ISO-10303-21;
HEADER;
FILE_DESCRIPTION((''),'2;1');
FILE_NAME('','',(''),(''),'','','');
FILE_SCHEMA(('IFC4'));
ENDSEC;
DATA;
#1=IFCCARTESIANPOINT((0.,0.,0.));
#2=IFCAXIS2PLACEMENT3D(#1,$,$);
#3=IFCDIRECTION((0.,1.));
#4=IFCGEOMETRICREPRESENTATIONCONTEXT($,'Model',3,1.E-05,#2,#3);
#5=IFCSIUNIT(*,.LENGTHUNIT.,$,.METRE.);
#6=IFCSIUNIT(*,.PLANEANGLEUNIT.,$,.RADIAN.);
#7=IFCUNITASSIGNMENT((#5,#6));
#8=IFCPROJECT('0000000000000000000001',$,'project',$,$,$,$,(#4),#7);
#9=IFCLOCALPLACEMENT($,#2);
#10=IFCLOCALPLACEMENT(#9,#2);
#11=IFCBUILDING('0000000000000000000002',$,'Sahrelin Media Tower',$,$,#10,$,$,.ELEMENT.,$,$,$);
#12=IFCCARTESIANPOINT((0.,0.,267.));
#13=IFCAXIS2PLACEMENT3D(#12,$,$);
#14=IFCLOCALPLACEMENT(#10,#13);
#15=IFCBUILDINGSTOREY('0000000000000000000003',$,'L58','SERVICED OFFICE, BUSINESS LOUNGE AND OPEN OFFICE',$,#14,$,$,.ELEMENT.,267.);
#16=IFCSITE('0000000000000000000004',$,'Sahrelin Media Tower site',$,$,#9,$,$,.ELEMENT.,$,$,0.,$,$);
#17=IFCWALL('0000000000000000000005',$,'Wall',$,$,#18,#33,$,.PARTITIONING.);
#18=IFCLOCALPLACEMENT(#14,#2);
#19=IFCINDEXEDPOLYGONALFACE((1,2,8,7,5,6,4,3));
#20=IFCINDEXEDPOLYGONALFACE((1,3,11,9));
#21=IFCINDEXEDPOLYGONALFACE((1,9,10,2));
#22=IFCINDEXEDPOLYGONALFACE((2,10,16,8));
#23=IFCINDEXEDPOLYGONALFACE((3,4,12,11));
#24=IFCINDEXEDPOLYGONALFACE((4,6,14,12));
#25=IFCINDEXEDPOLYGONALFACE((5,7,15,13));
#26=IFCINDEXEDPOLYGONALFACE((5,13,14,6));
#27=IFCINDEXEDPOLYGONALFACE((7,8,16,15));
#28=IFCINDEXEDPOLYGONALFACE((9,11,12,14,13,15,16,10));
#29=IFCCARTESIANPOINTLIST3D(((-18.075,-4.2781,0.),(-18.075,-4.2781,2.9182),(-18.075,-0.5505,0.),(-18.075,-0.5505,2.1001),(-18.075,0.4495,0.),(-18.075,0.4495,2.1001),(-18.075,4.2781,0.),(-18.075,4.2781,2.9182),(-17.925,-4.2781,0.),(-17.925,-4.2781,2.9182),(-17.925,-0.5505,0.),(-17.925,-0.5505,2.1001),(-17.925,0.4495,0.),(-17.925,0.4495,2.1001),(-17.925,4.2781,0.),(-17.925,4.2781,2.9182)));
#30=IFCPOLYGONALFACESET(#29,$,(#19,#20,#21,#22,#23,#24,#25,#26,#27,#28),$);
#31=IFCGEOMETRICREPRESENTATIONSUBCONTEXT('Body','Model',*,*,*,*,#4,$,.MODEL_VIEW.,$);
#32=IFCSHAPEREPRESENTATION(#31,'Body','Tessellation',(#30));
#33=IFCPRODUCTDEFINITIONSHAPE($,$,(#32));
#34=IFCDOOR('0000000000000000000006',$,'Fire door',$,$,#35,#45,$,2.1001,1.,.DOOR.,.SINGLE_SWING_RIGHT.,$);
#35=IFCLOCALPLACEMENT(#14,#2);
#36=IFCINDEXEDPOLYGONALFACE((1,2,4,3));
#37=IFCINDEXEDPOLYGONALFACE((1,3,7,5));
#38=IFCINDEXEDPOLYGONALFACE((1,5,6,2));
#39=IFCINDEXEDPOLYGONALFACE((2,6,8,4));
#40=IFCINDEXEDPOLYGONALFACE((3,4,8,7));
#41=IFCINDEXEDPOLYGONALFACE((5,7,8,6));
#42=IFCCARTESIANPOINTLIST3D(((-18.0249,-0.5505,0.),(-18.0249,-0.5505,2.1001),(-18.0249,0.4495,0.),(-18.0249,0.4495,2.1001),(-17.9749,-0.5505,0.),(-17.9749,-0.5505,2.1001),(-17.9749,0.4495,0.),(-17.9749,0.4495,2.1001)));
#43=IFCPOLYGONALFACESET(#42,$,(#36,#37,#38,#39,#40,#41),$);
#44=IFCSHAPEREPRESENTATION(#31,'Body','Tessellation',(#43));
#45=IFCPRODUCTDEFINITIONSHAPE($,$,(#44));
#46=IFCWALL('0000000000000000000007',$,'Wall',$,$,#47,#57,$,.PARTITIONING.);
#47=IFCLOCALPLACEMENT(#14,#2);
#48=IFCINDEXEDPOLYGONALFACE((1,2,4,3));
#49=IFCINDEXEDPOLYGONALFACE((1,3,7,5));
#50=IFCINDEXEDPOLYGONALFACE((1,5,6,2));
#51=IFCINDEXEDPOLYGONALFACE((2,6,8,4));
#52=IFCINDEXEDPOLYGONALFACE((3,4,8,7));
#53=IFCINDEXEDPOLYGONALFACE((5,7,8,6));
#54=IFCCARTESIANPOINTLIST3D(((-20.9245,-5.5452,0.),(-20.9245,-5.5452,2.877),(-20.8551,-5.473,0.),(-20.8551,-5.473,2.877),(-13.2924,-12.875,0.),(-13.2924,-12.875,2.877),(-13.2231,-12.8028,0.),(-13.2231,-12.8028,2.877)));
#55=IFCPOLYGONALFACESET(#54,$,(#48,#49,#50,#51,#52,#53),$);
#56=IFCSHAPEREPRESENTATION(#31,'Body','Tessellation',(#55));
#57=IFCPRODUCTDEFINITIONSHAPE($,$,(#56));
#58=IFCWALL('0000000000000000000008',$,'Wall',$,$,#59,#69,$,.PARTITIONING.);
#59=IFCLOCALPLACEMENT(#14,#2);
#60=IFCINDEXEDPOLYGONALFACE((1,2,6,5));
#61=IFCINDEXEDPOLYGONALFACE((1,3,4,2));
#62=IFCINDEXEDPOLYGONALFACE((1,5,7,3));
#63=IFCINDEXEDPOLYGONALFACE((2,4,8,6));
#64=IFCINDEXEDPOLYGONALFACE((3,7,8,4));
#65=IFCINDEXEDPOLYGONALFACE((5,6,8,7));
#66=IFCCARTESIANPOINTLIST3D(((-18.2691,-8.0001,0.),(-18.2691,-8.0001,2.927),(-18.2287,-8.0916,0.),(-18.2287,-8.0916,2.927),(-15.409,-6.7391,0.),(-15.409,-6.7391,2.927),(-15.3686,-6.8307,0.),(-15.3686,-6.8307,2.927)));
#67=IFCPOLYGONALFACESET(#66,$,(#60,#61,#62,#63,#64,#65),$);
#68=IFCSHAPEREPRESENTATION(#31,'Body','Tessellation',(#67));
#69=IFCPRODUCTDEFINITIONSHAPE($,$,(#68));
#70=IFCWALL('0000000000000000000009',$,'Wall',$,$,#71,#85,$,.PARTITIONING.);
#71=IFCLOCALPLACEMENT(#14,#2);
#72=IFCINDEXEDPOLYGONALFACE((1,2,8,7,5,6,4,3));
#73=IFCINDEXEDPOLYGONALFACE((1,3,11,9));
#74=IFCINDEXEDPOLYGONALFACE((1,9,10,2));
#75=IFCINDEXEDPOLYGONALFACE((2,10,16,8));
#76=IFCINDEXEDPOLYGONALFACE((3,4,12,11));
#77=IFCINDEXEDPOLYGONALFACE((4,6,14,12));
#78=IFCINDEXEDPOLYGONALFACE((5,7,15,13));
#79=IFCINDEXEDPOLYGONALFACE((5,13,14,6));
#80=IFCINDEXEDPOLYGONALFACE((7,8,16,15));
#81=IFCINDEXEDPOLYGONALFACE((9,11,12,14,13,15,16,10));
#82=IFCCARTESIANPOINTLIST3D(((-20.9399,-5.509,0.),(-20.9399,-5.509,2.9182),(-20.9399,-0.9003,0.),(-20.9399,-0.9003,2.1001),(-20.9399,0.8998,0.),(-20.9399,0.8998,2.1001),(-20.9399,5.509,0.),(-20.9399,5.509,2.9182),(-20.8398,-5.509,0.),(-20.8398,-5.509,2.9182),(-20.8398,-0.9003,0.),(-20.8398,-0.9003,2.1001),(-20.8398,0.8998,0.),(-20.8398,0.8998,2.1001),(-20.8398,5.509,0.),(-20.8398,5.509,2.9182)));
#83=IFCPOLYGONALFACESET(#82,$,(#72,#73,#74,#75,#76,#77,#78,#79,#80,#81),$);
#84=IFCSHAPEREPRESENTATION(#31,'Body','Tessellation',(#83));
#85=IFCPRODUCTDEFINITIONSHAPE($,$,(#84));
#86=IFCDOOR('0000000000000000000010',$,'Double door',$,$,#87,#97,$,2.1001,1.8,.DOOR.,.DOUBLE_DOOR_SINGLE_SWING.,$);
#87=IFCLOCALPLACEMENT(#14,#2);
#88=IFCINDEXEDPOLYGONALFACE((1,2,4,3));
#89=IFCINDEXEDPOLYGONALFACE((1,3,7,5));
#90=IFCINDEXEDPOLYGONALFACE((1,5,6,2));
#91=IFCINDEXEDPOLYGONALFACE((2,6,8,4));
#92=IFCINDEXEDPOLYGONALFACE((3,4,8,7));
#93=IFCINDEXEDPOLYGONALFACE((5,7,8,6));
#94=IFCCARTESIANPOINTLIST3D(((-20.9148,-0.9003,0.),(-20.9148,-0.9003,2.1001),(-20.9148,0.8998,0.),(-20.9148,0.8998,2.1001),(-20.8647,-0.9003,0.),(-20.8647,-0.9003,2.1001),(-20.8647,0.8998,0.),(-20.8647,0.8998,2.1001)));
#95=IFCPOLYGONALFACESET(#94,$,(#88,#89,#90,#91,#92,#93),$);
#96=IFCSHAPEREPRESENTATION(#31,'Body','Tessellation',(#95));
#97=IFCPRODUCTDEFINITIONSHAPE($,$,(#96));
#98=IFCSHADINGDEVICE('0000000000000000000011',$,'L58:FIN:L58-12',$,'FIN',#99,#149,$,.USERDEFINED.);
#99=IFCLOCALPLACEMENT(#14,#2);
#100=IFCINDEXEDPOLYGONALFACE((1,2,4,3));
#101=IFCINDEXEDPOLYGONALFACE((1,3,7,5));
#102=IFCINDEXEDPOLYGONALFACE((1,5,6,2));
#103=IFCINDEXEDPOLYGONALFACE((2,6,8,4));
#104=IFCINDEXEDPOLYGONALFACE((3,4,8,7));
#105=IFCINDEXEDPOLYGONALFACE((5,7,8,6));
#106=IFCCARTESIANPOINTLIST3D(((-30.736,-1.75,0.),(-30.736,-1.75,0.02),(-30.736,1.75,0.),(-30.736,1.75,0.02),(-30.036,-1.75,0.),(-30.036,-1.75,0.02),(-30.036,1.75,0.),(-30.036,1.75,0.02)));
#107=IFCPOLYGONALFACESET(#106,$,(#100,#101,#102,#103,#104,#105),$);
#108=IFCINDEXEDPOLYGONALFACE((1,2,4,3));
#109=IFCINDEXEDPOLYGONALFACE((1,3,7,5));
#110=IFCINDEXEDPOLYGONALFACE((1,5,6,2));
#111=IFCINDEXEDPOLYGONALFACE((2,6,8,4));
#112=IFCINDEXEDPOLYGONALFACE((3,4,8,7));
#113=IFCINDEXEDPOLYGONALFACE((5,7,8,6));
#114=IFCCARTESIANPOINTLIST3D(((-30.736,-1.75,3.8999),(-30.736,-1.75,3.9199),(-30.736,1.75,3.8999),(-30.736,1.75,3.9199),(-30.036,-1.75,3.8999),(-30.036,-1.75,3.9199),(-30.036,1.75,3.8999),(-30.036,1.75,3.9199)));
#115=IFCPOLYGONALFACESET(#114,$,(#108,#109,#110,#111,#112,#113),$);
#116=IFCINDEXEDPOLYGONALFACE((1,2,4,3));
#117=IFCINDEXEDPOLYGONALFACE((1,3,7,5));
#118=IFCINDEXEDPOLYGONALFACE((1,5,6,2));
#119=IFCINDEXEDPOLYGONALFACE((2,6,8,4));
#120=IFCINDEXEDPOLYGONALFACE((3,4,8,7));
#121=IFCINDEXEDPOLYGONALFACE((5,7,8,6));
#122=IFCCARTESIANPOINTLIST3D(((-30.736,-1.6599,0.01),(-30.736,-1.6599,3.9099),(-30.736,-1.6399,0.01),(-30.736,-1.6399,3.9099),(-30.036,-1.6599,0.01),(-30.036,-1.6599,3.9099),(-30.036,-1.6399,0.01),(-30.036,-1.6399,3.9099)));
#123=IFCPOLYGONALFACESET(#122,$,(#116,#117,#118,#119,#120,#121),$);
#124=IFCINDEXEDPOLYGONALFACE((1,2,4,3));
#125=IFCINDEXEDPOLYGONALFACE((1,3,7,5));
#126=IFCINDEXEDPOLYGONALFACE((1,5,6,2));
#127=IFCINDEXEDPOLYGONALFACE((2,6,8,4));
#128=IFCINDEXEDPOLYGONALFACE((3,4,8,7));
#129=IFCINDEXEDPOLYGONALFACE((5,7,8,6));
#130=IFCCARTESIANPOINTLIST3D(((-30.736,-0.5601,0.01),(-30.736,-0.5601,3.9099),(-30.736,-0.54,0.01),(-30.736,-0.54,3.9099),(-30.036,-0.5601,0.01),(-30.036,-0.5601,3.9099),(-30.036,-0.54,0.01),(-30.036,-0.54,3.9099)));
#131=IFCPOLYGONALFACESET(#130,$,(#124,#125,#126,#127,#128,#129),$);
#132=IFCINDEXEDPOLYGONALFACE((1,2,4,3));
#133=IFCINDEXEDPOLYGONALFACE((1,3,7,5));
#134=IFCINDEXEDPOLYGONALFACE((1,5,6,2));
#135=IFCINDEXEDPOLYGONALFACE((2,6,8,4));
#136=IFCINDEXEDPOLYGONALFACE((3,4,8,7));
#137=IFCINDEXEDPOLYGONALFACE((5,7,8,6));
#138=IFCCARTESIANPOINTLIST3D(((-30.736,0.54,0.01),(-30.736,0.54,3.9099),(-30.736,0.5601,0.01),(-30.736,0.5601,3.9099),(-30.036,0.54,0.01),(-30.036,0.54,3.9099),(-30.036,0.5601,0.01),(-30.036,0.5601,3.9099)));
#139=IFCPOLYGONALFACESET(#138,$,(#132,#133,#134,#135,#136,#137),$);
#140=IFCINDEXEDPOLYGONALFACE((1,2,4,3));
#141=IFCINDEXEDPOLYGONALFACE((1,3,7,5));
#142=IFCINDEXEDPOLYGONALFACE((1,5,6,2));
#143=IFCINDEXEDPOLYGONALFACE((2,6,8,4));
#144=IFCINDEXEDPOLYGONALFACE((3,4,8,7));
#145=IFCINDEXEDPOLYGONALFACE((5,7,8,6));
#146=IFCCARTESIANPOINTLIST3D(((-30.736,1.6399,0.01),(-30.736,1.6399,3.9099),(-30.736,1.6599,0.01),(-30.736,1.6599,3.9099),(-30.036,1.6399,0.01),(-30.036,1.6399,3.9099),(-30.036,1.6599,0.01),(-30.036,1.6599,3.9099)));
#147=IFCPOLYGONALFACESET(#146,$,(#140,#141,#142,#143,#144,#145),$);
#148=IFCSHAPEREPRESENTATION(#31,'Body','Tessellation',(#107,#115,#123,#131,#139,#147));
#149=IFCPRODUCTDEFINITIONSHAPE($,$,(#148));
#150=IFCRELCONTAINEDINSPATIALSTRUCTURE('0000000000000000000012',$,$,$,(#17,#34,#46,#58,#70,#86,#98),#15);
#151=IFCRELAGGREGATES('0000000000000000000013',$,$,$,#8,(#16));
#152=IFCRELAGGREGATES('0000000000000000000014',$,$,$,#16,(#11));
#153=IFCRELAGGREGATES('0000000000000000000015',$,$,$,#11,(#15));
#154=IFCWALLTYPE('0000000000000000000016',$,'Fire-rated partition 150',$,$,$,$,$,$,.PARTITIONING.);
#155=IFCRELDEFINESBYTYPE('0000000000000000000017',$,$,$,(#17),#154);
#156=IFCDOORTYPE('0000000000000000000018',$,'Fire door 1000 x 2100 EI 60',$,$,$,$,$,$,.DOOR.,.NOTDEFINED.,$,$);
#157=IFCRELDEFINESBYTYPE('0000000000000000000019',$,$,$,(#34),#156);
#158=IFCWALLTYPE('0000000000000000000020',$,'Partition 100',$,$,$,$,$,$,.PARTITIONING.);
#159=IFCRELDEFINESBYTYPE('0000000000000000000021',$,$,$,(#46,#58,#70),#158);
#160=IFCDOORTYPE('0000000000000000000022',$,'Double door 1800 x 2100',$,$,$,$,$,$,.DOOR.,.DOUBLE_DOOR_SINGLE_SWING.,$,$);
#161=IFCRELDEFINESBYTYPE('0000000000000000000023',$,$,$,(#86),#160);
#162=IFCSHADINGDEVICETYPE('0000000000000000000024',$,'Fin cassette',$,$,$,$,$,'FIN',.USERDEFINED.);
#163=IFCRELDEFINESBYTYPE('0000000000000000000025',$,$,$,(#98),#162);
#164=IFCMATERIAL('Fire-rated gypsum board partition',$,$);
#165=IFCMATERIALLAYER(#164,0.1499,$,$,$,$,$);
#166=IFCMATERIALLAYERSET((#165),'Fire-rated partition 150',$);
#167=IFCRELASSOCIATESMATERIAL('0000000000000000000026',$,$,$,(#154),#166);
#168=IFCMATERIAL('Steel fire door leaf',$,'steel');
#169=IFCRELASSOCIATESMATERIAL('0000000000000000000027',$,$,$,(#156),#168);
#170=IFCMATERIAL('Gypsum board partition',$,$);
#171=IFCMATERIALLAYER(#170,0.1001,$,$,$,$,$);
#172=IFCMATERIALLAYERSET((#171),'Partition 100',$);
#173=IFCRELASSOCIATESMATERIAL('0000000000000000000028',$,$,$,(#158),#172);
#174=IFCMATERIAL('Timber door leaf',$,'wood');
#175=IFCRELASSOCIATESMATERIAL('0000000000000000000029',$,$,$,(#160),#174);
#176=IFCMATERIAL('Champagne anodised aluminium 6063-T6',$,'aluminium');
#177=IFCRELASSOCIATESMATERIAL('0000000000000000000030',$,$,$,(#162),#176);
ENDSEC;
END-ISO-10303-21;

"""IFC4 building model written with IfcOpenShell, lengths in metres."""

from ifc_helpers import new_model, si_unit, direction, frame, frame_2d, origin, origin_2d, place, context, subcontext, project, spatial, rectangle, extrude, material, layer, layer_set, type_object, element, fill, save


model = new_model("IFC4")

# Units and contexts
model_context = context("Model", 3, precision=1e-05, world=origin(), true_north=direction((0.0, 1.0)))
body_context = subcontext(model_context, "Body", "Model", "MODEL_VIEW")
ifc_project = project(units=[si_unit("LENGTHUNIT", "METRE"), si_unit("PLANEANGLEUNIT", "RADIAN")], contexts=[model_context])

# Site, building, storey
site_placement = place(None, origin())
site = spatial("IfcSite", under=ifc_project, at=site_placement, Name="Sahrelin Media Tower site", CompositionType="ELEMENT", RefElevation=0.0)
building_placement = place(site_placement, origin())
building = spatial("IfcBuilding", under=site, at=building_placement, Name="Sahrelin Media Tower", CompositionType="ELEMENT")
storey_placement = place(building_placement, frame((0.0, 0.0, 267.0)))
storey = spatial("IfcBuildingStorey", under=building, at=storey_placement, Name="L58", Description="SERVICED OFFICE, BUSINESS LOUNGE AND OPEN OFFICE", CompositionType="ELEMENT", Elevation=267.0)

# Shared definitions
ifc_material_1 = material(Name="Champagne anodised aluminium 6063-T6", Category="aluminium")

# Wall, opening, door
ifc_material_2 = material(Name="Fire-rated gypsum board partition")
ifc_layer_1 = layer(ifc_material_2, 0.1499)
ifc_layer_set_1 = layer_set([ifc_layer_1], Name="Fire-rated partition 150")
wall_type_1 = type_object("IfcWallType", Name="Fire-rated partition 150", PredefinedType="PARTITIONING", material=ifc_layer_set_1)
ifc_material_3 = material(Name="Steel fire door leaf", Category="steel")
door_type_1 = type_object("IfcDoorType", Name="Fire door 1000 x 2100 EI 60", OperationType="NOTDEFINED", PredefinedType="DOOR", material=ifc_material_3)
wall_1_placement = place(storey_placement, frame((-18.0, -4.2781, 0.0), z_axis=(0.0, 0.0, 1.0), x_axis=(0.0, 1.0, 0.0)))
wall_1 = element("IfcWall", 1, at=wall_1_placement, inside=storey, type_object=wall_type_1, Name="Wall", PredefinedType="PARTITIONING", context=body_context, shape_type="SweptSolid", body=[
    extrude(rectangle(XDim=8.5562, YDim=0.1499, at=frame_2d((4.2781, 0.0))), origin(), (0.0, 0.0, 1.0), 2.9182),
])
opening_1_placement = place(wall_1_placement, frame((3.7275, 0.0, 0.0)))
opening_1 = element("IfcOpeningElement", 2, at=opening_1_placement, cuts=wall_1, PredefinedType="OPENING", context=body_context, shape_type="SweptSolid", body=[
    extrude(rectangle(XDim=1.0, YDim=2.1001, at=frame_2d((0.5, 1.05))), frame((0.0, 0.075, 0.0), z_axis=(0.0, -1.0, 0.0), x_axis=(1.0, 0.0, 0.0)), (0.0, 0.0, 1.0), 0.1499),
])
door_1_placement = place(opening_1_placement, origin())
door_1 = element("IfcDoor", 3, at=door_1_placement, inside=storey, type_object=door_type_1, Name="Fire door", OperationType="SINGLE_SWING_RIGHT", OverallHeight=2.1001, OverallWidth=1.0, PredefinedType="DOOR", context=body_context, shape_type="SweptSolid", body=[
    extrude(rectangle(XDim=1.0, YDim=2.1001, at=frame_2d((0.5, 1.05))), frame((0.0, 0.0249, 0.0), z_axis=(0.0, -1.0, 0.0), x_axis=(1.0, 0.0, 0.0)), (0.0, 0.0, 1.0), 0.05),
])
fill(opening_1, door_1)

# Walls
ifc_material_4 = material(Name="Gypsum board partition")
ifc_layer_2 = layer(ifc_material_4, 0.1001)
ifc_layer_set_2 = layer_set([ifc_layer_2], Name="Partition 100")
wall_type_2 = type_object("IfcWallType", Name="Partition 100", PredefinedType="PARTITIONING", material=ifc_layer_set_2)
wall_2_placement = place(storey_placement, frame((-20.8899, -5.509, 0.0), z_axis=(0.0, 0.0, 1.0), x_axis=(0.721244, -0.692681, 0.0)))
element("IfcWall", 4, at=wall_2_placement, inside=storey, type_object=wall_type_2, Name="Wall", PredefinedType="PARTITIONING", context=body_context, shape_type="SweptSolid", body=[
    extrude(rectangle(XDim=10.5818, YDim=0.1001, at=frame_2d((5.291, 0.0))), origin(), (0.0, 0.0, 1.0), 2.877),
])
wall_3_placement = place(storey_placement, frame((-18.249, -8.0459, 0.0), z_axis=(0.0, 0.0, 1.0), x_axis=(0.915015, 0.403419, 0.0)))
element("IfcWall", 5, at=wall_3_placement, inside=storey, type_object=wall_type_2, Name="Wall", PredefinedType="PARTITIONING", context=body_context, shape_type="SweptSolid", body=[
    extrude(rectangle(XDim=3.1257, YDim=0.1001, at=frame_2d((1.563, 0.0))), origin(), (0.0, 0.0, 1.0), 2.927),
])

# Wall, opening, door
wall_4_placement = place(storey_placement, frame((-20.8899, -5.509, 0.0), z_axis=(0.0, 0.0, 1.0), x_axis=(0.0, 1.0, 0.0)))
wall_4 = element("IfcWall", 6, at=wall_4_placement, inside=storey, type_object=wall_type_2, Name="Wall", PredefinedType="PARTITIONING", context=body_context, shape_type="SweptSolid", body=[
    extrude(rectangle(XDim=11.0181, YDim=0.1001, at=frame_2d((5.509, 0.0))), origin(), (0.0, 0.0, 1.0), 2.9182),
])
opening_2_placement = place(wall_4_placement, frame((4.6089, 0.0, 0.0)))
opening_2 = element("IfcOpeningElement", 7, at=opening_2_placement, cuts=wall_4, PredefinedType="OPENING", context=body_context, shape_type="SweptSolid", body=[
    extrude(rectangle(XDim=1.8, YDim=2.1001, at=frame_2d((0.8999, 1.05))), frame((0.0, 0.05, 0.0), z_axis=(0.0, -1.0, 0.0), x_axis=(1.0, 0.0, 0.0)), (0.0, 0.0, 1.0), 0.1001),
])
ifc_material_5 = material(Name="Timber door leaf", Category="wood")
door_type_2 = type_object("IfcDoorType", Name="Double door 1800 x 2100", OperationType="DOUBLE_DOOR_SINGLE_SWING", PredefinedType="DOOR", material=ifc_material_5)
door_2_placement = place(opening_2_placement, origin())
door_2 = element("IfcDoor", 8, at=door_2_placement, inside=storey, type_object=door_type_2, Name="Double door", OperationType="DOUBLE_DOOR_SINGLE_SWING", OverallHeight=2.1001, OverallWidth=1.8, PredefinedType="DOOR", context=body_context, shape_type="SweptSolid", body=[
    extrude(rectangle(XDim=1.8, YDim=2.1001, at=frame_2d((0.8999, 1.05))), frame((0.0, 0.0249, 0.0), z_axis=(0.0, -1.0, 0.0), x_axis=(1.0, 0.0, 0.0)), (0.0, 0.0, 1.0), 0.05),
])
fill(opening_2, door_2)

# Shading device
shading_device_type_1 = type_object("IfcShadingDeviceType", Name="Fin cassette", ElementType="FIN", PredefinedType="USERDEFINED", material=ifc_material_1)
placement_1 = place(storey_placement, frame((-29.9661, 0.0, 0.0), z_axis=(0.0, 0.0, 1.0), x_axis=(0.0, 1.0, 0.0)))
element("IfcShadingDevice", 9, at=placement_1, inside=storey, type_object=shading_device_type_1, Name="L58:FIN:L58-12", ObjectType="FIN", PredefinedType="USERDEFINED", context=body_context, shape_type="SweptSolid", body=[
    extrude(rectangle(XDim=3.5, YDim=0.7, at=origin_2d()), frame((0.0, 0.4199, 0.0)), (0.0, 0.0, 1.0), 0.02),
    extrude(rectangle(XDim=3.5, YDim=0.7, at=origin_2d()), frame((0.0, 0.4199, 3.8999)), (0.0, 0.0, 1.0), 0.02),
    extrude(rectangle(XDim=0.02, YDim=0.7, at=origin_2d()), frame((-1.6499, 0.4199, 0.01), z_axis=(0.0, 0.0, 1.0), x_axis=(1.0, 0.0, 0.0)), (0.0, 0.0, 1.0), 3.8999),
    extrude(rectangle(XDim=0.02, YDim=0.7, at=origin_2d()), frame((-0.55, 0.4199, 0.01), z_axis=(0.0, 0.0, 1.0), x_axis=(1.0, 0.0, 0.0)), (0.0, 0.0, 1.0), 3.8999),
    extrude(rectangle(XDim=0.02, YDim=0.7, at=origin_2d()), frame((0.55, 0.4199, 0.01), z_axis=(0.0, 0.0, 1.0), x_axis=(1.0, 0.0, 0.0)), (0.0, 0.0, 1.0), 3.8999),
    extrude(rectangle(XDim=0.02, YDim=0.7, at=origin_2d()), frame((1.6499, 0.4199, 0.01), z_axis=(0.0, 0.0, 1.0), x_axis=(1.0, 0.0, 0.0)), (0.0, 0.0, 1.0), 3.8999),
])

save(model, "model.ifc")
